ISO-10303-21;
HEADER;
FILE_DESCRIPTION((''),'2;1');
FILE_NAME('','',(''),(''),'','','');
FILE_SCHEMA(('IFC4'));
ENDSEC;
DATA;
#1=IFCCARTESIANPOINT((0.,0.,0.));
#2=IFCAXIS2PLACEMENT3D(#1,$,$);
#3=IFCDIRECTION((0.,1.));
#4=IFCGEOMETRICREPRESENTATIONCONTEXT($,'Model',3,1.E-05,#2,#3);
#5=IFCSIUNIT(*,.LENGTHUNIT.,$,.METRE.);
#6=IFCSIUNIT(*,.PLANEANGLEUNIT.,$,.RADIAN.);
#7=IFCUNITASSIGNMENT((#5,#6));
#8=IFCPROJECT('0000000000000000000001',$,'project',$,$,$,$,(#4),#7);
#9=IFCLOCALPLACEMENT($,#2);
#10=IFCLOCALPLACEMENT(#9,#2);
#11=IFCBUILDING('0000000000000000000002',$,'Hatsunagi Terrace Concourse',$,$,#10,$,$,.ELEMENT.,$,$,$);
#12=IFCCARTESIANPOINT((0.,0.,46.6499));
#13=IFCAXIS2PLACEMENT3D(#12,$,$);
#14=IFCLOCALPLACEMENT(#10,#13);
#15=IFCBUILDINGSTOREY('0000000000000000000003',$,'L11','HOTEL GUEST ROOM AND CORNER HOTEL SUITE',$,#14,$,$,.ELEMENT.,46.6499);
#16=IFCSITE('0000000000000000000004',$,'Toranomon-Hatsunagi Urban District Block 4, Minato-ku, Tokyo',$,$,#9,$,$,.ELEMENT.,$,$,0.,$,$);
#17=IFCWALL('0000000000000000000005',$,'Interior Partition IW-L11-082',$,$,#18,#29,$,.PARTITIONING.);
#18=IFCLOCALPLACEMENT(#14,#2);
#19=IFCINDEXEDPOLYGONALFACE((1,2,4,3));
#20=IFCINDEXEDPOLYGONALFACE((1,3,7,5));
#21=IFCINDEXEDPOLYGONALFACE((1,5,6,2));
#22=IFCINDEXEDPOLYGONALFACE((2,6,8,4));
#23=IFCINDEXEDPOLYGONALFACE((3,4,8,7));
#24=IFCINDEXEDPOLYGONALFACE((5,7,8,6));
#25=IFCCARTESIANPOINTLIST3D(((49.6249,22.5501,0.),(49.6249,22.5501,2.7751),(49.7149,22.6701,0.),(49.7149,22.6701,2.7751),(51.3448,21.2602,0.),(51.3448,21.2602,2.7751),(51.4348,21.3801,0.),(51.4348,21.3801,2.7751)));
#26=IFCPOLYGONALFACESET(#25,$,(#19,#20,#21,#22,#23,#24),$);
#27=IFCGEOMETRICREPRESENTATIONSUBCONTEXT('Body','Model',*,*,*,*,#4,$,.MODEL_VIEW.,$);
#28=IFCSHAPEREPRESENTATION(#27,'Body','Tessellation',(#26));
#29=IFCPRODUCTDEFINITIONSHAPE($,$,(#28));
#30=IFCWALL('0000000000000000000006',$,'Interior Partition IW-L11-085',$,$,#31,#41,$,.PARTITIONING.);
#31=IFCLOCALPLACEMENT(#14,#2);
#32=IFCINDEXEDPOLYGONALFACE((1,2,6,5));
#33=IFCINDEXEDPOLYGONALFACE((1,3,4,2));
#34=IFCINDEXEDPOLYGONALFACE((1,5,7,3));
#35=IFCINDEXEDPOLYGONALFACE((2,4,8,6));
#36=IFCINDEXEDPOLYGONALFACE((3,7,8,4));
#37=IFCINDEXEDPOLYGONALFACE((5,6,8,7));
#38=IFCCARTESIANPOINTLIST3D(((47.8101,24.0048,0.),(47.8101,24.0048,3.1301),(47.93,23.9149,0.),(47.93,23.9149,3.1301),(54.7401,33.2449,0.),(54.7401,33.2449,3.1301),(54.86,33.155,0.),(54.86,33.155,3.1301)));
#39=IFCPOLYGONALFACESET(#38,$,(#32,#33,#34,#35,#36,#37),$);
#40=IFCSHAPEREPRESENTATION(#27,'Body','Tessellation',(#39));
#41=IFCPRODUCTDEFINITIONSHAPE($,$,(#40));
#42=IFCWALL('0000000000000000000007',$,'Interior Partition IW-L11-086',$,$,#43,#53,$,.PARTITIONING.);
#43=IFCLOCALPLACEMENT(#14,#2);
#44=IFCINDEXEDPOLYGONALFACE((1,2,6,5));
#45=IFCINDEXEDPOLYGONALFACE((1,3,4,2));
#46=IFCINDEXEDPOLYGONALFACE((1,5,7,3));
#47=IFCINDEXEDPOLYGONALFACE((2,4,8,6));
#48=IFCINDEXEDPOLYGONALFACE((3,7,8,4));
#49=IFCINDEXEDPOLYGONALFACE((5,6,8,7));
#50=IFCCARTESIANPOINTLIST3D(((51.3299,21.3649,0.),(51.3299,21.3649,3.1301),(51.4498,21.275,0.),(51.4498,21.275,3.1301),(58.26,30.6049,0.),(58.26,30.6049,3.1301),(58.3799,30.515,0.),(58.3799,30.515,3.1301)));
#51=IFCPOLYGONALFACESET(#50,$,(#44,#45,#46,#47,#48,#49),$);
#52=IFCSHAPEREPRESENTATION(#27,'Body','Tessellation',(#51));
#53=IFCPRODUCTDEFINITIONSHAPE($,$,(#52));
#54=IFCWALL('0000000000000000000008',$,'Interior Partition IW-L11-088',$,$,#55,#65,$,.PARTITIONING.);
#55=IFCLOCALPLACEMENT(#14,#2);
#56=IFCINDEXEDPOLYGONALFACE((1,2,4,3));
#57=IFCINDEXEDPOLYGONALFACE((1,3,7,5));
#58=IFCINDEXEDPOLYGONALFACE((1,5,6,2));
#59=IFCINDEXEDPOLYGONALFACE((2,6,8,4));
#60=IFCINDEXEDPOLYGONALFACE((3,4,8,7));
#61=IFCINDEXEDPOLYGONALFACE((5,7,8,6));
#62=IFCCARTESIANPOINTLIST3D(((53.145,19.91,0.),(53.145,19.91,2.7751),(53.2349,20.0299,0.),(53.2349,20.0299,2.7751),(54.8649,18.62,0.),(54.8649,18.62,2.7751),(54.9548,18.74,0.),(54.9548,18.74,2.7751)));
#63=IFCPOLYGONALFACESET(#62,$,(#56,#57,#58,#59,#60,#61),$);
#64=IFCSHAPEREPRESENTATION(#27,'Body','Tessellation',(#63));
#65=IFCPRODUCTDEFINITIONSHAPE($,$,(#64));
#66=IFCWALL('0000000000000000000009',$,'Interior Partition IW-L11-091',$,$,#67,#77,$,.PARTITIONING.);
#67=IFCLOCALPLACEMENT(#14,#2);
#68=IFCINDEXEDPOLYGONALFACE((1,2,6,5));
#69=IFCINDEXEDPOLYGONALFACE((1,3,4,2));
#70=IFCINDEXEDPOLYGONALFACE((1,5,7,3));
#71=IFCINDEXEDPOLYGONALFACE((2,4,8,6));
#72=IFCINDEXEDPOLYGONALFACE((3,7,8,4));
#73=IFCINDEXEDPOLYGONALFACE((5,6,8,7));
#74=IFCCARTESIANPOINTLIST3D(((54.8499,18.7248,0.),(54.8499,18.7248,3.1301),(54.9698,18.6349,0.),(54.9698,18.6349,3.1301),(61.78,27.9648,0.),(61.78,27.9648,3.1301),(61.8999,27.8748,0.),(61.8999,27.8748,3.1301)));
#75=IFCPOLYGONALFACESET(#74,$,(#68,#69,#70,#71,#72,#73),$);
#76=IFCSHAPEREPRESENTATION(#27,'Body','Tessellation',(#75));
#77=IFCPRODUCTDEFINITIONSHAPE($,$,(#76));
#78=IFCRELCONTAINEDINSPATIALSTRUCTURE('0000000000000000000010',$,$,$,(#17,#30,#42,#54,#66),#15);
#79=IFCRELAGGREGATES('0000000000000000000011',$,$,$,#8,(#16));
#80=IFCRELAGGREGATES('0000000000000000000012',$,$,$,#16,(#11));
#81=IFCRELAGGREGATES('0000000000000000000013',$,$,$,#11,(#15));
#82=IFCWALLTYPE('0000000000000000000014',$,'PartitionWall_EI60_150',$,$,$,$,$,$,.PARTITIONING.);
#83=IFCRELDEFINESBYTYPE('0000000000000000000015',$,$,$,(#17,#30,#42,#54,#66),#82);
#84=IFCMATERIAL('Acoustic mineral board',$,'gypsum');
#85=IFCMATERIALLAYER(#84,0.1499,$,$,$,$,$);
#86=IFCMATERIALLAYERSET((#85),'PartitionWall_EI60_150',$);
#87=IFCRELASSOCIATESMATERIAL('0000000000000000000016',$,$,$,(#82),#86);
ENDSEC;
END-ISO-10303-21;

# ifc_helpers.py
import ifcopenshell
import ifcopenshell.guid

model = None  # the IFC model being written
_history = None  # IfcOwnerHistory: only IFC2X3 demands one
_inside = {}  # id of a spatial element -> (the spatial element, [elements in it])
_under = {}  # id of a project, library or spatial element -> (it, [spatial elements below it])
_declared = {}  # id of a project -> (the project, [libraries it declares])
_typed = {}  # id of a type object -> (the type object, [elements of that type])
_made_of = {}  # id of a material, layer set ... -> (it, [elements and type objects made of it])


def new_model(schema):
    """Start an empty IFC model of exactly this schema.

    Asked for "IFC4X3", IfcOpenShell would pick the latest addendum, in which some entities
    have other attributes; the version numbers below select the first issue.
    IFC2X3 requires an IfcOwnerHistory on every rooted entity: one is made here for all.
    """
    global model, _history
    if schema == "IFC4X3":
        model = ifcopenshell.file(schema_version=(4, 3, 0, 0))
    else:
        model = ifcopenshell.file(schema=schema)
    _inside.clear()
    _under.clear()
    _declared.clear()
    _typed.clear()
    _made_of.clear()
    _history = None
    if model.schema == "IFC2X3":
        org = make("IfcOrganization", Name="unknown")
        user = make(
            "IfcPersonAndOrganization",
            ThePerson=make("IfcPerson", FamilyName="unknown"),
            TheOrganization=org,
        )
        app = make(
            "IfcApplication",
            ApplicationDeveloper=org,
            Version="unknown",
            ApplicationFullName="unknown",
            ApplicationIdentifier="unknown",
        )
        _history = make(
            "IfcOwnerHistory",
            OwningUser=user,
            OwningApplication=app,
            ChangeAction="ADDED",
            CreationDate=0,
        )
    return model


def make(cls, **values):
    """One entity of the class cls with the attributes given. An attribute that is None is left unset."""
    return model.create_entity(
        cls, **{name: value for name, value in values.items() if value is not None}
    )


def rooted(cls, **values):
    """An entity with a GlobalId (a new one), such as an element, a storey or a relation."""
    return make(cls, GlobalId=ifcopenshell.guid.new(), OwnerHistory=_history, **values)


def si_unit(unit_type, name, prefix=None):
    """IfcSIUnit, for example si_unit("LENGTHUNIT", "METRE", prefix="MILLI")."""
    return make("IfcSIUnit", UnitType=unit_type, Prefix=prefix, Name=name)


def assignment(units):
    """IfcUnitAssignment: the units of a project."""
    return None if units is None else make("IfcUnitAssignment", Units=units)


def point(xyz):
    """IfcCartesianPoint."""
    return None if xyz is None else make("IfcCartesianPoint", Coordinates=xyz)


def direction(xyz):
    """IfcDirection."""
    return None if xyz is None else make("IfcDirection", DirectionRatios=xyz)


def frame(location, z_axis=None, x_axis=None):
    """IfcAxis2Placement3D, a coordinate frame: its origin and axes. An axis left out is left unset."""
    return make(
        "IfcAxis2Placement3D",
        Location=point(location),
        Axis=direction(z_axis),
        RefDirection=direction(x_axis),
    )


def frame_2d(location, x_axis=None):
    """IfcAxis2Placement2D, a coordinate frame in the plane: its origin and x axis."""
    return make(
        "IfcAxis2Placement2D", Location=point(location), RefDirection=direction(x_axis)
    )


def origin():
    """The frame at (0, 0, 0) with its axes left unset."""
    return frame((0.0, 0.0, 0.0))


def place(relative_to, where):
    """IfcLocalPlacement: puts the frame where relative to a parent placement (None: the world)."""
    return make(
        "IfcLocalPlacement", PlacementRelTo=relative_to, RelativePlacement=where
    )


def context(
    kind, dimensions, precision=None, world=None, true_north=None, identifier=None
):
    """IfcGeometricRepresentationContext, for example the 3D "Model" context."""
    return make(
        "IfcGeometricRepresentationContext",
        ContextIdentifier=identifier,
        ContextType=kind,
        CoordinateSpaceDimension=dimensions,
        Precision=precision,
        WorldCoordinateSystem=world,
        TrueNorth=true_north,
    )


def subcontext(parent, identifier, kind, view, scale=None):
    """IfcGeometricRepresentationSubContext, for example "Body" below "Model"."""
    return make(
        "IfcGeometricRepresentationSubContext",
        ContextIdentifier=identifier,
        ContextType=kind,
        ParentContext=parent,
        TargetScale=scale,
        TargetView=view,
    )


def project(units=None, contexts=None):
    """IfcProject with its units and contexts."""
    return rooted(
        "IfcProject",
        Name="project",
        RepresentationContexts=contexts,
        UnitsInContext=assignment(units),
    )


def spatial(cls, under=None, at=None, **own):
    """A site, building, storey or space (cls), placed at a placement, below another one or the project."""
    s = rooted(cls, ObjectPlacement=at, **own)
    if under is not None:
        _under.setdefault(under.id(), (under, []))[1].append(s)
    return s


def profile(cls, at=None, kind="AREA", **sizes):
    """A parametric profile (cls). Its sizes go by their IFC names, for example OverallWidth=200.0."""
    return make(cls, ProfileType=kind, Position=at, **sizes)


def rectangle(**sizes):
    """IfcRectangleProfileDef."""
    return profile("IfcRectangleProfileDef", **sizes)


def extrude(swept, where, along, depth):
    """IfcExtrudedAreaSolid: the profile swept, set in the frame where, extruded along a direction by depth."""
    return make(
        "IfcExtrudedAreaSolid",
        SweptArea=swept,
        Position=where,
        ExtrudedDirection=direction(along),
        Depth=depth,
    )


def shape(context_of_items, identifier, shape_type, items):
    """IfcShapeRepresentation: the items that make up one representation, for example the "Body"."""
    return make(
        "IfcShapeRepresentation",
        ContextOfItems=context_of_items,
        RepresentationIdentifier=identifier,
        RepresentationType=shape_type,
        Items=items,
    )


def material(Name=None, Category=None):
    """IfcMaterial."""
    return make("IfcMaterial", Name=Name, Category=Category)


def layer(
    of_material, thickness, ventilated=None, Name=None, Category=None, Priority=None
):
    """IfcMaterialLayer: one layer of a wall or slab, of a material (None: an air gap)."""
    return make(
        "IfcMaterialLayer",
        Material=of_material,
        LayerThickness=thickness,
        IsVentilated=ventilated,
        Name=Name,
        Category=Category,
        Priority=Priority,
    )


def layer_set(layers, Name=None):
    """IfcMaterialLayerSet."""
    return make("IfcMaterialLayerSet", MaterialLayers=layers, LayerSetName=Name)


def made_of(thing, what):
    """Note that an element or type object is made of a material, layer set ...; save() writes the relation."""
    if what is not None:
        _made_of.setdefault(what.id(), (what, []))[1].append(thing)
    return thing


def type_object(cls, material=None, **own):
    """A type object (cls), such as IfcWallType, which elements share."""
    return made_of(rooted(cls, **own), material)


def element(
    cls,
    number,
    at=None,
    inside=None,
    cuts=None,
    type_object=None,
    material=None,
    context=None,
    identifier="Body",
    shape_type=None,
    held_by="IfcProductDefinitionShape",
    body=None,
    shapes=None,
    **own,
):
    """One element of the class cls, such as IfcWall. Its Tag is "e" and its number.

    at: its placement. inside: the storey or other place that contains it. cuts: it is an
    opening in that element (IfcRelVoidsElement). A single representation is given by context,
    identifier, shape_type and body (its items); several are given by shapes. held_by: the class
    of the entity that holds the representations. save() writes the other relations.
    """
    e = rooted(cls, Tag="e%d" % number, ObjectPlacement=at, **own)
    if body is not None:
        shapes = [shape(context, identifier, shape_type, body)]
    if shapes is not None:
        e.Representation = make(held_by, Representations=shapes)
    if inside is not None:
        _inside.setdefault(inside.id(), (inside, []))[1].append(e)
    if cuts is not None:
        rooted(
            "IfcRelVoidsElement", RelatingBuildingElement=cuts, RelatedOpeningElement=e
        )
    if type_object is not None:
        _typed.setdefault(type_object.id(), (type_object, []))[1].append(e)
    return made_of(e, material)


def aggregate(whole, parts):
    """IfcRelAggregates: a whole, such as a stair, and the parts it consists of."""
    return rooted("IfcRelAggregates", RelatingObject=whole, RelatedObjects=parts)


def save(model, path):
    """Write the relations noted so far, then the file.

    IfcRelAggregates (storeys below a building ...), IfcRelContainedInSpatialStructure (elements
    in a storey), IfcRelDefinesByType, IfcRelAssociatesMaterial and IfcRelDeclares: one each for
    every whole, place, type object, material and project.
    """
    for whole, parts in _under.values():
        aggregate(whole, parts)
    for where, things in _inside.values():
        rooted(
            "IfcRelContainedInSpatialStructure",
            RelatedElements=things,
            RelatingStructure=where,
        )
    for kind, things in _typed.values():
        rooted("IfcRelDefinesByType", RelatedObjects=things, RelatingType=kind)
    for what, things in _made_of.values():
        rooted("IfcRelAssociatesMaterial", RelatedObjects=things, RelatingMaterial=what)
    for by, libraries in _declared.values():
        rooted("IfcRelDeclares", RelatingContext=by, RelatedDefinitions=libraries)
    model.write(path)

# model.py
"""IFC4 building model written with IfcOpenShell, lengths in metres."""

from ifc_helpers import new_model, si_unit, direction, frame, frame_2d, origin, place, context, subcontext, project, spatial, rectangle, extrude, material, layer, layer_set, type_object, element, save


model = new_model("IFC4")

# Units and contexts
model_context = context("Model", 3, precision=1e-05, world=origin(), true_north=direction((0.0, 1.0)))
body_context = subcontext(model_context, "Body", "Model", "MODEL_VIEW")
ifc_project = project(units=[si_unit("LENGTHUNIT", "METRE"), si_unit("PLANEANGLEUNIT", "RADIAN")], contexts=[model_context])

# Site, building, storey
site_placement = place(None, origin())
site = spatial("IfcSite", under=ifc_project, at=site_placement, Name="Toranomon-Hatsunagi Urban District Block 4, Minato-ku, Tokyo", CompositionType="ELEMENT", RefElevation=0.0)
building_placement = place(site_placement, origin())
building = spatial("IfcBuilding", under=site, at=building_placement, Name="Hatsunagi Terrace Concourse", CompositionType="ELEMENT")
storey_placement = place(building_placement, frame((0.0, 0.0, 46.6499)))
storey = spatial("IfcBuildingStorey", under=building, at=storey_placement, Name="L11", Description="HOTEL GUEST ROOM AND CORNER HOTEL SUITE", CompositionType="ELEMENT", Elevation=46.6499)

# Walls
ifc_material_1 = material(Name="Acoustic mineral board", Category="gypsum")
ifc_layer_1 = layer(ifc_material_1, 0.1499)
ifc_layer_set_1 = layer_set([ifc_layer_1], Name="PartitionWall_EI60_150")
wall_type_1 = type_object("IfcWallType", Name="PartitionWall_EI60_150", PredefinedType="PARTITIONING", material=ifc_layer_set_1)
wall_1_placement = place(storey_placement, frame((49.6699, 22.6101, 0.0), z_axis=(0.0, 0.0, 1.0), x_axis=(0.799986, -0.600018, 0.0)))
element("IfcWall", 1, at=wall_1_placement, inside=storey, type_object=wall_type_1, Name="Interior Partition IW-L11-082", PredefinedType="PARTITIONING", context=body_context, shape_type="SweptSolid", body=[
    extrude(rectangle(XDim=2.1499, YDim=0.1499, at=frame_2d((1.075, 0.0))), origin(), (0.0, 0.0, 1.0), 2.7751),
])
for number, where, z_axis, x_axis, name in (
    (2, (47.8701, 23.96, 0.0), (0.0, 0.0, 1.0), (0.599997, 0.800003, 0.0), "Interior Partition IW-L11-085"),
    (3, (51.3899, 21.3201, 0.0), (0.0, 0.0, 1.0), (0.60001, 0.799992, 0.0), "Interior Partition IW-L11-086"),
):
    element("IfcWall", number, at=place(storey_placement, frame(where, z_axis=z_axis, x_axis=x_axis)), inside=storey, type_object=wall_type_1, Name=name, PredefinedType="PARTITIONING", context=body_context, shape_type="SweptSolid", body=[
        extrude(rectangle(XDim=11.55, YDim=0.1499, at=frame_2d((5.7749, 0.0))), origin(), (0.0, 0.0, 1.0), 3.1301),
    ])

# Walls
wall_2_placement = place(storey_placement, frame((53.1899, 19.97, 0.0), z_axis=(0.0, 0.0, 1.0), x_axis=(0.799986, -0.600018, 0.0)))
element("IfcWall", 4, at=wall_2_placement, inside=storey, type_object=wall_type_1, Name="Interior Partition IW-L11-088", PredefinedType="PARTITIONING", context=body_context, shape_type="SweptSolid", body=[
    extrude(rectangle(XDim=2.1499, YDim=0.1499, at=frame_2d((1.075, 0.0))), origin(), (0.0, 0.0, 1.0), 2.7751),
])
wall_3_placement = place(storey_placement, frame((54.9099, 18.6799, 0.0), z_axis=(0.0, 0.0, 1.0), x_axis=(0.60001, 0.799992, 0.0)))
element("IfcWall", 5, at=wall_3_placement, inside=storey, type_object=wall_type_1, Name="Interior Partition IW-L11-091", PredefinedType="PARTITIONING", context=body_context, shape_type="SweptSolid", body=[
    extrude(rectangle(XDim=11.55, YDim=0.1499, at=frame_2d((5.7749, 0.0))), origin(), (0.0, 0.0, 1.0), 3.1301),
])

save(model, "model.ifc")
